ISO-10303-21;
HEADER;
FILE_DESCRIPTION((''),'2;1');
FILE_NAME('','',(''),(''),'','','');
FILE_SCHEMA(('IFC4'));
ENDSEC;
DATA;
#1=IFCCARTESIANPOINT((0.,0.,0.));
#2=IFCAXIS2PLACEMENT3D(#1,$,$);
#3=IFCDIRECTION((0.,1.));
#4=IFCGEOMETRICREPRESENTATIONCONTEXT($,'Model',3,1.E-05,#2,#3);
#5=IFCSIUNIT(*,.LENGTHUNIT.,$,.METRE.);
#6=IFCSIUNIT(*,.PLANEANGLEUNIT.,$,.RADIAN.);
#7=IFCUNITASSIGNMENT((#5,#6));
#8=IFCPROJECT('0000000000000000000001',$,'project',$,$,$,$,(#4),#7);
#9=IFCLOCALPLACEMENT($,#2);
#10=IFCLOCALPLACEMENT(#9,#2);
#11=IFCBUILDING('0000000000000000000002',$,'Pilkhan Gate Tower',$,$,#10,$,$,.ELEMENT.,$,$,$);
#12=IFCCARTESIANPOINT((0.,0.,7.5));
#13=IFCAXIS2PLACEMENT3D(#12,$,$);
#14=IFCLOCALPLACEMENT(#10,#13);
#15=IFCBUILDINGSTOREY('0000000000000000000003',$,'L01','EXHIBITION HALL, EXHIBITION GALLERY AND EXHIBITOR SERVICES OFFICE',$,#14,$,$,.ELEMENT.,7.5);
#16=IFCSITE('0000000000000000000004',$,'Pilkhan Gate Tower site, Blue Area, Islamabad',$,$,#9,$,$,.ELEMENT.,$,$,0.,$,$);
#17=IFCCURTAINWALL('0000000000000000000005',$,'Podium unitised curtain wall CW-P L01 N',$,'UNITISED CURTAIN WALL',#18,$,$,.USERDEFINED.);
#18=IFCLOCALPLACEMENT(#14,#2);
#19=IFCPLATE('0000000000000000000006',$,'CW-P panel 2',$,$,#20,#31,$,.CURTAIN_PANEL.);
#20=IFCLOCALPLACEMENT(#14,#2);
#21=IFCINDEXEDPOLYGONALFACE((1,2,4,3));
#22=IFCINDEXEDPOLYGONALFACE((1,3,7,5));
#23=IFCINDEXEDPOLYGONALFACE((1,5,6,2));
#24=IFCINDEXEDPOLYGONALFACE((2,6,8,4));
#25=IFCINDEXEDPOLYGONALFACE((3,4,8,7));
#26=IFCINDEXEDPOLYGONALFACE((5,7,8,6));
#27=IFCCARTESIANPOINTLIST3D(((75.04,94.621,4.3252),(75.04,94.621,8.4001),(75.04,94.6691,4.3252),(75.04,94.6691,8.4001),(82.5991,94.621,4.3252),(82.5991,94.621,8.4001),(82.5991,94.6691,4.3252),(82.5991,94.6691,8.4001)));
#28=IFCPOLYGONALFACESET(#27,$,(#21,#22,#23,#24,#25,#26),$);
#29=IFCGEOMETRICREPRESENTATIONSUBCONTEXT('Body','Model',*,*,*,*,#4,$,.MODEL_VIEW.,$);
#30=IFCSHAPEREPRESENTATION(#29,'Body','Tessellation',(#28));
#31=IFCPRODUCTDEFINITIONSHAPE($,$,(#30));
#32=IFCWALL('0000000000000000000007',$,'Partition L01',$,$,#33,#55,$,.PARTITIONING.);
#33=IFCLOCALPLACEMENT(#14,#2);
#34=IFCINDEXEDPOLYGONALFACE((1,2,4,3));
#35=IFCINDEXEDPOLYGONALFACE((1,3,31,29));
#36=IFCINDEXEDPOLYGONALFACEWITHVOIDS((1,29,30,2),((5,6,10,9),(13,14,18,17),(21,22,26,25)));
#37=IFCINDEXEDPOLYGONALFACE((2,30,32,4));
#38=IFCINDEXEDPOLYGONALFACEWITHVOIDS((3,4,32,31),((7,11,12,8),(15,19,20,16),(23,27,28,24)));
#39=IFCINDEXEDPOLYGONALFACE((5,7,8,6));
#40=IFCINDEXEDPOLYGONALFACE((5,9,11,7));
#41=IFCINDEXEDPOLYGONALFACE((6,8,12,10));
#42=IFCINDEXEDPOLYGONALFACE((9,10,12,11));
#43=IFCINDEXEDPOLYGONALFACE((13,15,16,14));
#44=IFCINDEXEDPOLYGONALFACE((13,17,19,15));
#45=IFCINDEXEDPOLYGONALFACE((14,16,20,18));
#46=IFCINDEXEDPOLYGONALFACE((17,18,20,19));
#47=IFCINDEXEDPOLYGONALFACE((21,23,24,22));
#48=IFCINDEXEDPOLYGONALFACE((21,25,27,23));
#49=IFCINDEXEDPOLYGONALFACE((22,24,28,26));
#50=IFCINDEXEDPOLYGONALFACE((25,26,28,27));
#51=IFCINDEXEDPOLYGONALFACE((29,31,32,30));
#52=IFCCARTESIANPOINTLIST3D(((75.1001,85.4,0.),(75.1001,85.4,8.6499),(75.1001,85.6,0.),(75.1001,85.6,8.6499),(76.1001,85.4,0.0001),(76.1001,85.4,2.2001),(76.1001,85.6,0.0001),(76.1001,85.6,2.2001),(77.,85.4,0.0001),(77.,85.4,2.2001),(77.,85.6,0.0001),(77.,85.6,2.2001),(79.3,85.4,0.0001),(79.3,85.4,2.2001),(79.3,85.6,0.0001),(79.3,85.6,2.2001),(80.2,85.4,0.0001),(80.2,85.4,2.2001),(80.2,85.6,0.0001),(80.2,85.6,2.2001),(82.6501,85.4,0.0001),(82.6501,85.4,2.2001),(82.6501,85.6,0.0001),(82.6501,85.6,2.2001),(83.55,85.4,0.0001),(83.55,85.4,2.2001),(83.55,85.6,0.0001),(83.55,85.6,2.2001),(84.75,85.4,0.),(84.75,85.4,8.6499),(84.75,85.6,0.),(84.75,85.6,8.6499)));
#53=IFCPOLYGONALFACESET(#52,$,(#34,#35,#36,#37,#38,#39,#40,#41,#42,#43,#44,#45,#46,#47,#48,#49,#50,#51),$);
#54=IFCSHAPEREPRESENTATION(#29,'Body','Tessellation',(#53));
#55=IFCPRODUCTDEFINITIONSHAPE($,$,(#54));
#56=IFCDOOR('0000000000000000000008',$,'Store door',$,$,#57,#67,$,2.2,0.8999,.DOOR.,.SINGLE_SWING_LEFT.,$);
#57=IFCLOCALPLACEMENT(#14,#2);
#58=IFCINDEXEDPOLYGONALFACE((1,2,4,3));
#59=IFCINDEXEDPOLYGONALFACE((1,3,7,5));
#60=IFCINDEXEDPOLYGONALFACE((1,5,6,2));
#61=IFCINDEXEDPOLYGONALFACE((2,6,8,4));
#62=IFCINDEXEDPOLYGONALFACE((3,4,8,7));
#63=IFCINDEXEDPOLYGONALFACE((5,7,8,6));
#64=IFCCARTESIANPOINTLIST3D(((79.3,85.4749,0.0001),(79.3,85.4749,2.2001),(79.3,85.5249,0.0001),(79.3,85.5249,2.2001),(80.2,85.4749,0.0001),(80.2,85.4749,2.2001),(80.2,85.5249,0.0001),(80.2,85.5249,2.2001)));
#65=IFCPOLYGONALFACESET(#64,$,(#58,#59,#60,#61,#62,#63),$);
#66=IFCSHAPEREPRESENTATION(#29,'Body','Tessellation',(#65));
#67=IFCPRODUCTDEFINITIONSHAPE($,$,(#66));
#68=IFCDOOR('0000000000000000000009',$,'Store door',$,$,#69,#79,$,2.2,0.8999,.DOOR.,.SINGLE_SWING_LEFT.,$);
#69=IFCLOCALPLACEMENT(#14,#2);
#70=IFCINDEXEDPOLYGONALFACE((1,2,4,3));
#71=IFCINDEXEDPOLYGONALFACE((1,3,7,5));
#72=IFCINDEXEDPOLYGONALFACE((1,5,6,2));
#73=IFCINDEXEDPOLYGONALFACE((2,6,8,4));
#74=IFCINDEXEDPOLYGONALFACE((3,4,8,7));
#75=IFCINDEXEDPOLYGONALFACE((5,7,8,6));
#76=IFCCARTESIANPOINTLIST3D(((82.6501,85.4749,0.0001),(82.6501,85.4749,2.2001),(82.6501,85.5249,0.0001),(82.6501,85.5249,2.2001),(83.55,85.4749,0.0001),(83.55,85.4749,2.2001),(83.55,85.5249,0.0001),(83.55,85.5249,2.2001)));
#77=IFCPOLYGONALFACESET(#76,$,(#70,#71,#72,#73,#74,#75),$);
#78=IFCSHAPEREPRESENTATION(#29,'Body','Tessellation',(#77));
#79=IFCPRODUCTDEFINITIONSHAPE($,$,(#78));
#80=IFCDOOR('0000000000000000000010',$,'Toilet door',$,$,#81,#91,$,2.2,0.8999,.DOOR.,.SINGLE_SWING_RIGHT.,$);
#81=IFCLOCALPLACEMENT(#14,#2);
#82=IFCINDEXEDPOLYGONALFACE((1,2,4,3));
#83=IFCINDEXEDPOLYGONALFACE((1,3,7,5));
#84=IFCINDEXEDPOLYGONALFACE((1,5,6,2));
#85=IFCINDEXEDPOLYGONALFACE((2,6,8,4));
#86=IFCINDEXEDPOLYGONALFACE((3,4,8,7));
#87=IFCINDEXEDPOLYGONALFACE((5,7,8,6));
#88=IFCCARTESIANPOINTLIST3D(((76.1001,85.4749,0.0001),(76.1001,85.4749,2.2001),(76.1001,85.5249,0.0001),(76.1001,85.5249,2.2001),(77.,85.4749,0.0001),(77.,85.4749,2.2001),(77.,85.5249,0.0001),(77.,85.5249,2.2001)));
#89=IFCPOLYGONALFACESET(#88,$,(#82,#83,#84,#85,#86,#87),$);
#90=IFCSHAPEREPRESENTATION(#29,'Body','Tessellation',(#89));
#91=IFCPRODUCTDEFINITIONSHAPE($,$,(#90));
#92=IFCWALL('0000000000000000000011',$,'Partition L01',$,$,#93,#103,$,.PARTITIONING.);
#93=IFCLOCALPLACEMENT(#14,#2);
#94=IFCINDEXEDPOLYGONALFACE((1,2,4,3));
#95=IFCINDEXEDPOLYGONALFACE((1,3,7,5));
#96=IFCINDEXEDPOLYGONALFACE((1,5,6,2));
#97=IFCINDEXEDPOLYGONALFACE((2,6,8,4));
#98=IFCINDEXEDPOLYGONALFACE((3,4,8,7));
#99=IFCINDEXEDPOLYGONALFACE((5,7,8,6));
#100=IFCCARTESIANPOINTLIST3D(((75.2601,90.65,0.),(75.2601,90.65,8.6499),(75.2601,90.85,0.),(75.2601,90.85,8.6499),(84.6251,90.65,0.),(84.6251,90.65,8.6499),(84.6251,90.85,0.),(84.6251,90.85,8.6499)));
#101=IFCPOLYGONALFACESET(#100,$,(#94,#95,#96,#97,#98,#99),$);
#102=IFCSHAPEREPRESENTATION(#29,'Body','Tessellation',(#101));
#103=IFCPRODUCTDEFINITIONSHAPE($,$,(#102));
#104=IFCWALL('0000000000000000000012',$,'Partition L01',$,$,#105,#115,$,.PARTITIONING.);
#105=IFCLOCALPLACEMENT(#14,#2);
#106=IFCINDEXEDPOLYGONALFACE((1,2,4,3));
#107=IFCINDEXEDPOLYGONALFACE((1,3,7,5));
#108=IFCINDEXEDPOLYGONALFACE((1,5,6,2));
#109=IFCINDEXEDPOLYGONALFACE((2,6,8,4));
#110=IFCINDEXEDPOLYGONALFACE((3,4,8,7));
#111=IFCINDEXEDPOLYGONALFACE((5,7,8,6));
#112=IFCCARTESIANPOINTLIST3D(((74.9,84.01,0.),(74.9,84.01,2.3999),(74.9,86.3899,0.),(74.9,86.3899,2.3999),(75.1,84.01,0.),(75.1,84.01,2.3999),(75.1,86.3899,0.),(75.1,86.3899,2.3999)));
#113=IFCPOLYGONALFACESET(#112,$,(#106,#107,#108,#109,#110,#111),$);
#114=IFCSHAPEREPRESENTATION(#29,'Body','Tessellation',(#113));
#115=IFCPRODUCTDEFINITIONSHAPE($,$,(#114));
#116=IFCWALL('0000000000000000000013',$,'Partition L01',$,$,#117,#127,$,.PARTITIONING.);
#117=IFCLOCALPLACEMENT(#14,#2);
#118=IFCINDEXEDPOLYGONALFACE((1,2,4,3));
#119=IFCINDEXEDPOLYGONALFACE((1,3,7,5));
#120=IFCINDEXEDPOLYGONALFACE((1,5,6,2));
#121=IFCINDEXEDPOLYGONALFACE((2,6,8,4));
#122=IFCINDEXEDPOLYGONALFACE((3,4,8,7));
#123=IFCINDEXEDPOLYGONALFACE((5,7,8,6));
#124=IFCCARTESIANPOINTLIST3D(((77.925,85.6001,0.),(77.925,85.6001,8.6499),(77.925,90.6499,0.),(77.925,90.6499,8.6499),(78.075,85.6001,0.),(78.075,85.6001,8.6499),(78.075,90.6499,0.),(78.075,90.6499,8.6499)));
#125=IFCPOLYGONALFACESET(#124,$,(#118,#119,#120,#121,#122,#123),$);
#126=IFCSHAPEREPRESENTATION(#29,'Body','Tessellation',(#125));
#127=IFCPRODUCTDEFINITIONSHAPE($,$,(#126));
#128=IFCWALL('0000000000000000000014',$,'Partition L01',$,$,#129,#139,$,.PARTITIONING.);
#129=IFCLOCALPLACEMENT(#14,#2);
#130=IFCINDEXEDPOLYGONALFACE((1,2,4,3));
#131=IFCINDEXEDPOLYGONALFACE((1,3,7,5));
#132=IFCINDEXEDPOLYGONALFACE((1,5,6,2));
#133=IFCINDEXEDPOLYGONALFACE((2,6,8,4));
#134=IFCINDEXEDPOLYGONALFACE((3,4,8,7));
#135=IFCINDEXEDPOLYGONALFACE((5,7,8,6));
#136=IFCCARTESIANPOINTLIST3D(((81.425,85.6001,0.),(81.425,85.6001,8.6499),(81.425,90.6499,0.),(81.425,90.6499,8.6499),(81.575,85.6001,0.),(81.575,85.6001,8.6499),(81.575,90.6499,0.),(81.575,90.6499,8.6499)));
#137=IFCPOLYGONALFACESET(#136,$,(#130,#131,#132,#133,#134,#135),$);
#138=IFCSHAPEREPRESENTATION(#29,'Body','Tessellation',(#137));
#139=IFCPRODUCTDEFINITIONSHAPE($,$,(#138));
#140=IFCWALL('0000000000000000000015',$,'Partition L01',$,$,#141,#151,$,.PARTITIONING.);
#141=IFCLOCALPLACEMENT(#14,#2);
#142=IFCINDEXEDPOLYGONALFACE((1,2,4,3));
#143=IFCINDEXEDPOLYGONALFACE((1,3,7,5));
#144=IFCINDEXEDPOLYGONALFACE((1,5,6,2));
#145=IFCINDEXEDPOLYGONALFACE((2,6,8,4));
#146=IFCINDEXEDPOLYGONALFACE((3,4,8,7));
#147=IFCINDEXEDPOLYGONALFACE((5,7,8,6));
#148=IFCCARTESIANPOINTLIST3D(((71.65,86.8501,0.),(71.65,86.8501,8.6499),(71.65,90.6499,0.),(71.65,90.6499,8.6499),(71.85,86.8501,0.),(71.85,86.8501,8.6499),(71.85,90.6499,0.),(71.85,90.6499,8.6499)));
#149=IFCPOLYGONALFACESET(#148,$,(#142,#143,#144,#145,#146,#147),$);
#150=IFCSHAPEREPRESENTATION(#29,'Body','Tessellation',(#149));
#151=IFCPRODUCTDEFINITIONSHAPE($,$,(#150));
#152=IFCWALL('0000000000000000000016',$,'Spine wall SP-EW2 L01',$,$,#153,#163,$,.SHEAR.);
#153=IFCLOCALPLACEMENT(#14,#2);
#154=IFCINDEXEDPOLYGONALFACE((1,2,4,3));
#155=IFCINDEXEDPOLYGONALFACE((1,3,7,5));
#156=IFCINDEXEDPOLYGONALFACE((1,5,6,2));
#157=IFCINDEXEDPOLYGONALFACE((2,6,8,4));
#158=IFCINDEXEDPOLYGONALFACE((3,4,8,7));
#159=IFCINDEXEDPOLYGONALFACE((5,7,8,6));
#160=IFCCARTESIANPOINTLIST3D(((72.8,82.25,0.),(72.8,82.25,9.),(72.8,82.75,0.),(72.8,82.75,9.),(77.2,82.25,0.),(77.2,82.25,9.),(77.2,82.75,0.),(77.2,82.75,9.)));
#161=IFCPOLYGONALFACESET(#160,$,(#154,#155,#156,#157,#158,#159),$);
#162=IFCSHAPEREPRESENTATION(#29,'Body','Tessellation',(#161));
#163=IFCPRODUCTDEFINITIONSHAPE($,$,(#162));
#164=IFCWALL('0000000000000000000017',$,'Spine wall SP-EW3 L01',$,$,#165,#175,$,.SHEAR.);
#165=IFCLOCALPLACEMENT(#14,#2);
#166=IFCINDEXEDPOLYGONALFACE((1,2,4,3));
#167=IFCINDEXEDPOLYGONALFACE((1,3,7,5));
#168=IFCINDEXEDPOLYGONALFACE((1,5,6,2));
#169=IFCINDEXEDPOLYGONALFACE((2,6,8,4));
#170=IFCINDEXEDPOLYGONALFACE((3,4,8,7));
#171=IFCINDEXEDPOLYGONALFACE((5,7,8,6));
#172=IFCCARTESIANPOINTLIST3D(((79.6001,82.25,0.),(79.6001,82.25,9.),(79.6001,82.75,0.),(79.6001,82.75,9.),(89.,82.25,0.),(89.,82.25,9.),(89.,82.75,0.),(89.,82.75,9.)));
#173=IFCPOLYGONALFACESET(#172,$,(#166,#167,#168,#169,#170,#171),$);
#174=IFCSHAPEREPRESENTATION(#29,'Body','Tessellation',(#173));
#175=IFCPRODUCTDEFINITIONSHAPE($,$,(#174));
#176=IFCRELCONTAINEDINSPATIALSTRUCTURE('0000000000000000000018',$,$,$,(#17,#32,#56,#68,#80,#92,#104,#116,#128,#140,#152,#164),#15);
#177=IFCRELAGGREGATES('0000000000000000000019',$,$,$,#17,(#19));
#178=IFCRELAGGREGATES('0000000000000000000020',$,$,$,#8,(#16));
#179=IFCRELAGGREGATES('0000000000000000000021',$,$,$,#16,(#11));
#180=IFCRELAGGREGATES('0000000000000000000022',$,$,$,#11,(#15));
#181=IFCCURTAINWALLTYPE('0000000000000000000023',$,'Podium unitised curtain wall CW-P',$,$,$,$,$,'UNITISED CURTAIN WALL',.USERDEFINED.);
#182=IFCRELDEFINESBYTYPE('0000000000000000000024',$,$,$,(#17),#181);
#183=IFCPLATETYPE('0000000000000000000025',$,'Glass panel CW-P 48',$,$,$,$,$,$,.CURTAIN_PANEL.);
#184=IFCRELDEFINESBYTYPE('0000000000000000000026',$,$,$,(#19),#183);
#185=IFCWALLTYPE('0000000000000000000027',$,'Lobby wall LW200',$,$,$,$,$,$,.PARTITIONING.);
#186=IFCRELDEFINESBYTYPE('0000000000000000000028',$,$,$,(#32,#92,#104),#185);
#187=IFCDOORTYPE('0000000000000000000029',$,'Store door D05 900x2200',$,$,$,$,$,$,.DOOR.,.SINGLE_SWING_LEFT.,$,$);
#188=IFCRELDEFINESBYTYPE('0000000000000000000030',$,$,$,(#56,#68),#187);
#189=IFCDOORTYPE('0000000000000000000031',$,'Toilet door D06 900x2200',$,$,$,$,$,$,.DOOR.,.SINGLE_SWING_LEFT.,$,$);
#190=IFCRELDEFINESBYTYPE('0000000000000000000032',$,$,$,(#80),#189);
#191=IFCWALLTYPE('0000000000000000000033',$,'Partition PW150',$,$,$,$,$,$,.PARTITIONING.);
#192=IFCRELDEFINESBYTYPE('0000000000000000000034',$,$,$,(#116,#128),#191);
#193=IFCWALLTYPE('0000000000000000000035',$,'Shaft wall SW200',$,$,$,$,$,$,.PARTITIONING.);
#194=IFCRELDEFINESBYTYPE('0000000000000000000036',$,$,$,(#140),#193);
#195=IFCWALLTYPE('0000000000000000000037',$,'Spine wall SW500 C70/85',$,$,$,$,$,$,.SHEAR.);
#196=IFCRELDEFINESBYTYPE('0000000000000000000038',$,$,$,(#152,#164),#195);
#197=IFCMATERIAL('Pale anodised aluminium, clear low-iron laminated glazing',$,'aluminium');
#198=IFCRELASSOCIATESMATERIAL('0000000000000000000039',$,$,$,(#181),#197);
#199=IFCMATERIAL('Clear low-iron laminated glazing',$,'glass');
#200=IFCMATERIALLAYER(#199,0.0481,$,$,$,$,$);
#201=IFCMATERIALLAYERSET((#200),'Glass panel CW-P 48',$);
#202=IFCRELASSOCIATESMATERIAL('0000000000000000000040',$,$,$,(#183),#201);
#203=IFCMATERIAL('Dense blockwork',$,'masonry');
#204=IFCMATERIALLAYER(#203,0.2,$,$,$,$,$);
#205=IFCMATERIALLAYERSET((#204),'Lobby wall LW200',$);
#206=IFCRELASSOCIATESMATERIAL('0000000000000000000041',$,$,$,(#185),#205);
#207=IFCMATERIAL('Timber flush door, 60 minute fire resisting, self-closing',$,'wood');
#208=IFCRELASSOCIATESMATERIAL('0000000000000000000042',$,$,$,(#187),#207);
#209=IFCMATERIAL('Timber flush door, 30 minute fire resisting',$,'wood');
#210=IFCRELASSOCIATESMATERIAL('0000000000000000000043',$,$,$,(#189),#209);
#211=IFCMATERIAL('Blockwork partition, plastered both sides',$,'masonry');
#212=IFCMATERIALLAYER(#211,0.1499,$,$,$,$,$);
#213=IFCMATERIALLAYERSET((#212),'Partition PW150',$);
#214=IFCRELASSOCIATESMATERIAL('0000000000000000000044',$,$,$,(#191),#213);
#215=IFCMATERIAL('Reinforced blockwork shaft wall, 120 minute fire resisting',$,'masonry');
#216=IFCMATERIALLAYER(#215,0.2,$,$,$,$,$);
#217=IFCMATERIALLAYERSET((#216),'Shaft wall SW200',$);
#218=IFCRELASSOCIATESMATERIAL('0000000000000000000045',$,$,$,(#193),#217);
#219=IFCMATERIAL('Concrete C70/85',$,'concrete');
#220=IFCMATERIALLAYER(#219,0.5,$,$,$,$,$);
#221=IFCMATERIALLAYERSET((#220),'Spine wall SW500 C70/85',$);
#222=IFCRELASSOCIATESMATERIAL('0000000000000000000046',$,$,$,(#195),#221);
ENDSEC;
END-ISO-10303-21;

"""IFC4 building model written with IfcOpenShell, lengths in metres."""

from ifc_helpers import new_model, si_unit, direction, frame, frame_2d, origin, origin_2d, place, context, subcontext, project, spatial, rectangle, extrude, material, layer, layer_set, type_object, element, fill, aggregate, save


model = new_model("IFC4")

# Units and contexts
model_context = context("Model", 3, precision=1e-05, world=origin(), true_north=direction((0.0, 1.0)))
body_context = subcontext(model_context, "Body", "Model", "MODEL_VIEW")
ifc_project = project(units=[si_unit("LENGTHUNIT", "METRE"), si_unit("PLANEANGLEUNIT", "RADIAN")], contexts=[model_context])

# Site, building, storey
site_placement = place(None, origin())
site = spatial("IfcSite", under=ifc_project, at=site_placement, Name="Pilkhan Gate Tower site, Blue Area, Islamabad", CompositionType="ELEMENT", RefElevation=0.0)
building_placement = place(site_placement, origin())
building = spatial("IfcBuilding", under=site, at=building_placement, Name="Pilkhan Gate Tower", CompositionType="ELEMENT")
storey_placement = place(building_placement, frame((0.0, 0.0, 7.5)))
storey = spatial("IfcBuildingStorey", under=building, at=storey_placement, Name="L01", Description="EXHIBITION HALL, EXHIBITION GALLERY AND EXHIBITOR SERVICES OFFICE", CompositionType="ELEMENT", Elevation=7.5)

# Shared definitions
ifc_material_1 = material(Name="Concrete C70/85", Category="concrete")

# Shared definitions
ifc_material_2 = material(Name="Pale anodised aluminium, clear low-iron laminated glazing", Category="aluminium")
curtain_wall_type = type_object("IfcCurtainWallType", Name="Podium unitised curtain wall CW-P", ElementType="UNITISED CURTAIN WALL", PredefinedType="USERDEFINED", material=ifc_material_2)

# Curtain wall
curtain_wall_1_placement = place(storey_placement, origin())
curtain_wall_1 = element("IfcCurtainWall", 1, at=curtain_wall_1_placement, inside=storey, type_object=curtain_wall_type, Name="Podium unitised curtain wall CW-P L01 N", ObjectType="UNITISED CURTAIN WALL", PredefinedType="USERDEFINED")

# Plate
ifc_material_3 = material(Name="Clear low-iron laminated glazing", Category="glass")
ifc_layer_1 = layer(ifc_material_3, 0.0481)
ifc_layer_set_1 = layer_set([ifc_layer_1], Name="Glass panel CW-P 48")
plate_type = type_object("IfcPlateType", Name="Glass panel CW-P 48", PredefinedType="CURTAIN_PANEL", material=ifc_layer_set_1)
plate_1_placement = place(storey_placement, frame((78.8196, 94.645, 4.3252), z_axis=(0.0, 0.0, 1.0), x_axis=(1.0, 0.0, 0.0)))
plate_1 = element("IfcPlate", 2, at=plate_1_placement, type_object=plate_type, Name="CW-P panel 2", PredefinedType="CURTAIN_PANEL", context=body_context, shape_type="SweptSolid", body=[
    extrude(rectangle(XDim=7.5591, YDim=0.0481, at=origin_2d()), origin(), (0.0, 0.0, 1.0), 4.075),
])
aggregate(curtain_wall_1, [plate_1])

# Wall, openings, doors
ifc_material_4 = material(Name="Dense blockwork", Category="masonry")
ifc_layer_2 = layer(ifc_material_4, 0.2)
ifc_layer_set_2 = layer_set([ifc_layer_2], Name="Lobby wall LW200")
wall_type_1 = type_object("IfcWallType", Name="Lobby wall LW200", PredefinedType="PARTITIONING", material=ifc_layer_set_2)
wall_1_placement = place(storey_placement, frame((75.1001, 85.5, 0.0), z_axis=(0.0, 0.0, 1.0), x_axis=(1.0, 0.0, 0.0)))
wall_1 = element("IfcWall", 3, at=wall_1_placement, inside=storey, type_object=wall_type_1, Name="Partition L01", PredefinedType="PARTITIONING", context=body_context, shape_type="SweptSolid", body=[
    extrude(rectangle(XDim=9.6499, YDim=0.2, at=frame_2d((4.825, 0.0))), origin(), (0.0, 0.0, 1.0), 8.6499),
])
opening_1_placement = place(wall_1_placement, frame((1.0, 0.0, 0.0)))
opening_1 = element("IfcOpeningElement", 4, at=opening_1_placement, cuts=wall_1, PredefinedType="OPENING", context=body_context, shape_type="SweptSolid", body=[
    extrude(rectangle(XDim=0.8999, YDim=2.2, at=frame_2d((0.45, 1.1001))), frame((0.0, 0.1099, 0.0), z_axis=(0.0, -1.0, 0.0), x_axis=(1.0, 0.0, 0.0)), (0.0, 0.0, 1.0), 0.22),
])
opening_2_placement = place(wall_1_placement, frame((4.2, 0.0, 0.0)))
opening_2 = element("IfcOpeningElement", 5, at=opening_2_placement, cuts=wall_1, PredefinedType="OPENING", context=body_context, shape_type="SweptSolid", body=[
    extrude(rectangle(XDim=0.8999, YDim=2.2, at=frame_2d((0.45, 1.1001))), frame((0.0, 0.1099, 0.0), z_axis=(0.0, -1.0, 0.0), x_axis=(1.0, 0.0, 0.0)), (0.0, 0.0, 1.0), 0.22),
])
opening_3_placement = place(wall_1_placement, frame((7.55, 0.0, 0.0)))
opening_3 = element("IfcOpeningElement", 6, at=opening_3_placement, cuts=wall_1, PredefinedType="OPENING", context=body_context, shape_type="SweptSolid", body=[
    extrude(rectangle(XDim=0.8999, YDim=2.2, at=frame_2d((0.45, 1.1001))), frame((0.0, 0.1099, 0.0), z_axis=(0.0, -1.0, 0.0), x_axis=(1.0, 0.0, 0.0)), (0.0, 0.0, 1.0), 0.22),
])
ifc_material_5 = material(Name="Timber flush door, 60 minute fire resisting, self-closing", Category="wood")
door_type_1 = type_object("IfcDoorType", Name="Store door D05 900x2200", OperationType="SINGLE_SWING_LEFT", PredefinedType="DOOR", material=ifc_material_5)
door_1_placement = place(opening_2_placement, origin())
door_1 = element("IfcDoor", 7, at=door_1_placement, inside=storey, type_object=door_type_1, Name="Store door", OperationType="SINGLE_SWING_LEFT", OverallHeight=2.2, OverallWidth=0.8999, PredefinedType="DOOR", context=body_context, shape_type="SweptSolid", body=[
    extrude(rectangle(XDim=0.8999, YDim=2.2, at=frame_2d((0.45, 1.1001))), frame((0.0, 0.0249, 0.0), z_axis=(0.0, -1.0, 0.0), x_axis=(1.0, 0.0, 0.0)), (0.0, 0.0, 1.0), 0.05),
])
fill(opening_2, door_1)
door_2_placement = place(opening_3_placement, origin())
door_2 = element("IfcDoor", 8, at=door_2_placement, inside=storey, type_object=door_type_1, Name="Store door", OperationType="SINGLE_SWING_LEFT", OverallHeight=2.2, OverallWidth=0.8999, PredefinedType="DOOR", context=body_context, shape_type="SweptSolid", body=[
    extrude(rectangle(XDim=0.8999, YDim=2.2, at=frame_2d((0.45, 1.1001))), frame((0.0, 0.0249, 0.0), z_axis=(0.0, -1.0, 0.0), x_axis=(1.0, 0.0, 0.0)), (0.0, 0.0, 1.0), 0.05),
])
fill(opening_3, door_2)
ifc_material_6 = material(Name="Timber flush door, 30 minute fire resisting", Category="wood")
door_type_2 = type_object("IfcDoorType", Name="Toilet door D06 900x2200", OperationType="SINGLE_SWING_LEFT", PredefinedType="DOOR", material=ifc_material_6)
door_3_placement = place(opening_1_placement, origin())
door_3 = element("IfcDoor", 9, at=door_3_placement, inside=storey, type_object=door_type_2, Name="Toilet door", OperationType="SINGLE_SWING_RIGHT", OverallHeight=2.2, OverallWidth=0.8999, PredefinedType="DOOR", context=body_context, shape_type="SweptSolid", body=[
    extrude(rectangle(XDim=0.8999, YDim=2.2, at=frame_2d((0.45, 1.1001))), frame((0.0, 0.0249, 0.0), z_axis=(0.0, -1.0, 0.0), x_axis=(1.0, 0.0, 0.0)), (0.0, 0.0, 1.0), 0.05),
])
fill(opening_1, door_3)

# Walls
wall_2_placement = place(storey_placement, frame((75.26, 90.75, 0.0), z_axis=(0.0, 0.0, 1.0), x_axis=(1.0, 0.0, 0.0)))
element("IfcWall", 10, at=wall_2_placement, inside=storey, type_object=wall_type_1, Name="Partition L01", PredefinedType="PARTITIONING", context=body_context, shape_type="SweptSolid", body=[
    extrude(rectangle(XDim=9.365, YDim=0.2, at=frame_2d((4.6826, 0.0))), origin(), (0.0, 0.0, 1.0), 8.6499),
])
wall_3_placement = place(storey_placement, frame((75.0, 84.01, 0.0), z_axis=(0.0, 0.0, 1.0), x_axis=(0.0, 1.0, 0.0)))
element("IfcWall", 11, at=wall_3_placement, inside=storey, type_object=wall_type_1, Name="Partition L01", PredefinedType="PARTITIONING", context=body_context, shape_type="SweptSolid", body=[
    extrude(rectangle(XDim=2.3799, YDim=0.2, at=frame_2d((1.1899, 0.0))), origin(), (0.0, 0.0, 1.0), 2.3999),
])
ifc_material_7 = material(Name="Blockwork partition, plastered both sides", Category="masonry")
ifc_layer_3 = layer(ifc_material_7, 0.1499)
ifc_layer_set_3 = layer_set([ifc_layer_3], Name="Partition PW150")
wall_type_2 = type_object("IfcWallType", Name="Partition PW150", PredefinedType="PARTITIONING", material=ifc_layer_set_3)
for number, where, z_axis, x_axis, name in (
    (12, (78.0, 85.6001, 0.0), (0.0, 0.0, 1.0), (0.0, 1.0, 0.0), "Partition L01"),
    (13, (81.5, 85.6001, 0.0), (0.0, 0.0, 1.0), (0.0, 1.0, 0.0), "Partition L01"),
):
    element("IfcWall", number, at=place(storey_placement, frame(where, z_axis=z_axis, x_axis=x_axis)), inside=storey, type_object=wall_type_2, Name=name, PredefinedType="PARTITIONING", context=body_context, shape_type="SweptSolid", body=[
        extrude(rectangle(XDim=5.0498, YDim=0.1499, at=frame_2d((2.5249, 0.0))), origin(), (0.0, 0.0, 1.0), 8.6499),
    ])
ifc_material_8 = material(Name="Reinforced blockwork shaft wall, 120 minute fire resisting", Category="masonry")
ifc_layer_4 = layer(ifc_material_8, 0.2)
ifc_layer_set_4 = layer_set([ifc_layer_4], Name="Shaft wall SW200")
wall_type_3 = type_object("IfcWallType", Name="Shaft wall SW200", PredefinedType="PARTITIONING", material=ifc_layer_set_4)
wall_4_placement = place(storey_placement, frame((71.75, 86.8501, 0.0), z_axis=(0.0, 0.0, 1.0), x_axis=(0.0, 1.0, 0.0)))
element("IfcWall", 14, at=wall_4_placement, inside=storey, type_object=wall_type_3, Name="Partition L01", PredefinedType="PARTITIONING", context=body_context, shape_type="SweptSolid", body=[
    extrude(rectangle(XDim=3.7998, YDim=0.2, at=frame_2d((1.8999, 0.0))), origin(), (0.0, 0.0, 1.0), 8.6499),
])
ifc_layer_5 = layer(ifc_material_1, 0.5)
ifc_layer_set_5 = layer_set([ifc_layer_5], Name="Spine wall SW500 C70/85")
wall_type_4 = type_object("IfcWallType", Name="Spine wall SW500 C70/85", PredefinedType="SHEAR", material=ifc_layer_set_5)
wall_5_placement = place(storey_placement, frame((72.8, 82.5, 0.0), z_axis=(0.0, 0.0, 1.0), x_axis=(1.0, 0.0, 0.0)))
element("IfcWall", 15, at=wall_5_placement, inside=storey, type_object=wall_type_4, Name="Spine wall SP-EW2 L01", PredefinedType="SHEAR", context=body_context, shape_type="SweptSolid", body=[
    extrude(rectangle(XDim=4.3999, YDim=0.5, at=frame_2d((2.2, 0.0))), origin(), (0.0, 0.0, 1.0), 9.0),
])
wall_6_placement = place(storey_placement, frame((79.6001, 82.5, 0.0), z_axis=(0.0, 0.0, 1.0), x_axis=(1.0, 0.0, 0.0)))
element("IfcWall", 16, at=wall_6_placement, inside=storey, type_object=wall_type_4, Name="Spine wall SP-EW3 L01", PredefinedType="SHEAR", context=body_context, shape_type="SweptSolid", body=[
    extrude(rectangle(XDim=9.3999, YDim=0.5, at=frame_2d((4.7, 0.0))), origin(), (0.0, 0.0, 1.0), 9.0),
])

save(model, "model.ifc")
